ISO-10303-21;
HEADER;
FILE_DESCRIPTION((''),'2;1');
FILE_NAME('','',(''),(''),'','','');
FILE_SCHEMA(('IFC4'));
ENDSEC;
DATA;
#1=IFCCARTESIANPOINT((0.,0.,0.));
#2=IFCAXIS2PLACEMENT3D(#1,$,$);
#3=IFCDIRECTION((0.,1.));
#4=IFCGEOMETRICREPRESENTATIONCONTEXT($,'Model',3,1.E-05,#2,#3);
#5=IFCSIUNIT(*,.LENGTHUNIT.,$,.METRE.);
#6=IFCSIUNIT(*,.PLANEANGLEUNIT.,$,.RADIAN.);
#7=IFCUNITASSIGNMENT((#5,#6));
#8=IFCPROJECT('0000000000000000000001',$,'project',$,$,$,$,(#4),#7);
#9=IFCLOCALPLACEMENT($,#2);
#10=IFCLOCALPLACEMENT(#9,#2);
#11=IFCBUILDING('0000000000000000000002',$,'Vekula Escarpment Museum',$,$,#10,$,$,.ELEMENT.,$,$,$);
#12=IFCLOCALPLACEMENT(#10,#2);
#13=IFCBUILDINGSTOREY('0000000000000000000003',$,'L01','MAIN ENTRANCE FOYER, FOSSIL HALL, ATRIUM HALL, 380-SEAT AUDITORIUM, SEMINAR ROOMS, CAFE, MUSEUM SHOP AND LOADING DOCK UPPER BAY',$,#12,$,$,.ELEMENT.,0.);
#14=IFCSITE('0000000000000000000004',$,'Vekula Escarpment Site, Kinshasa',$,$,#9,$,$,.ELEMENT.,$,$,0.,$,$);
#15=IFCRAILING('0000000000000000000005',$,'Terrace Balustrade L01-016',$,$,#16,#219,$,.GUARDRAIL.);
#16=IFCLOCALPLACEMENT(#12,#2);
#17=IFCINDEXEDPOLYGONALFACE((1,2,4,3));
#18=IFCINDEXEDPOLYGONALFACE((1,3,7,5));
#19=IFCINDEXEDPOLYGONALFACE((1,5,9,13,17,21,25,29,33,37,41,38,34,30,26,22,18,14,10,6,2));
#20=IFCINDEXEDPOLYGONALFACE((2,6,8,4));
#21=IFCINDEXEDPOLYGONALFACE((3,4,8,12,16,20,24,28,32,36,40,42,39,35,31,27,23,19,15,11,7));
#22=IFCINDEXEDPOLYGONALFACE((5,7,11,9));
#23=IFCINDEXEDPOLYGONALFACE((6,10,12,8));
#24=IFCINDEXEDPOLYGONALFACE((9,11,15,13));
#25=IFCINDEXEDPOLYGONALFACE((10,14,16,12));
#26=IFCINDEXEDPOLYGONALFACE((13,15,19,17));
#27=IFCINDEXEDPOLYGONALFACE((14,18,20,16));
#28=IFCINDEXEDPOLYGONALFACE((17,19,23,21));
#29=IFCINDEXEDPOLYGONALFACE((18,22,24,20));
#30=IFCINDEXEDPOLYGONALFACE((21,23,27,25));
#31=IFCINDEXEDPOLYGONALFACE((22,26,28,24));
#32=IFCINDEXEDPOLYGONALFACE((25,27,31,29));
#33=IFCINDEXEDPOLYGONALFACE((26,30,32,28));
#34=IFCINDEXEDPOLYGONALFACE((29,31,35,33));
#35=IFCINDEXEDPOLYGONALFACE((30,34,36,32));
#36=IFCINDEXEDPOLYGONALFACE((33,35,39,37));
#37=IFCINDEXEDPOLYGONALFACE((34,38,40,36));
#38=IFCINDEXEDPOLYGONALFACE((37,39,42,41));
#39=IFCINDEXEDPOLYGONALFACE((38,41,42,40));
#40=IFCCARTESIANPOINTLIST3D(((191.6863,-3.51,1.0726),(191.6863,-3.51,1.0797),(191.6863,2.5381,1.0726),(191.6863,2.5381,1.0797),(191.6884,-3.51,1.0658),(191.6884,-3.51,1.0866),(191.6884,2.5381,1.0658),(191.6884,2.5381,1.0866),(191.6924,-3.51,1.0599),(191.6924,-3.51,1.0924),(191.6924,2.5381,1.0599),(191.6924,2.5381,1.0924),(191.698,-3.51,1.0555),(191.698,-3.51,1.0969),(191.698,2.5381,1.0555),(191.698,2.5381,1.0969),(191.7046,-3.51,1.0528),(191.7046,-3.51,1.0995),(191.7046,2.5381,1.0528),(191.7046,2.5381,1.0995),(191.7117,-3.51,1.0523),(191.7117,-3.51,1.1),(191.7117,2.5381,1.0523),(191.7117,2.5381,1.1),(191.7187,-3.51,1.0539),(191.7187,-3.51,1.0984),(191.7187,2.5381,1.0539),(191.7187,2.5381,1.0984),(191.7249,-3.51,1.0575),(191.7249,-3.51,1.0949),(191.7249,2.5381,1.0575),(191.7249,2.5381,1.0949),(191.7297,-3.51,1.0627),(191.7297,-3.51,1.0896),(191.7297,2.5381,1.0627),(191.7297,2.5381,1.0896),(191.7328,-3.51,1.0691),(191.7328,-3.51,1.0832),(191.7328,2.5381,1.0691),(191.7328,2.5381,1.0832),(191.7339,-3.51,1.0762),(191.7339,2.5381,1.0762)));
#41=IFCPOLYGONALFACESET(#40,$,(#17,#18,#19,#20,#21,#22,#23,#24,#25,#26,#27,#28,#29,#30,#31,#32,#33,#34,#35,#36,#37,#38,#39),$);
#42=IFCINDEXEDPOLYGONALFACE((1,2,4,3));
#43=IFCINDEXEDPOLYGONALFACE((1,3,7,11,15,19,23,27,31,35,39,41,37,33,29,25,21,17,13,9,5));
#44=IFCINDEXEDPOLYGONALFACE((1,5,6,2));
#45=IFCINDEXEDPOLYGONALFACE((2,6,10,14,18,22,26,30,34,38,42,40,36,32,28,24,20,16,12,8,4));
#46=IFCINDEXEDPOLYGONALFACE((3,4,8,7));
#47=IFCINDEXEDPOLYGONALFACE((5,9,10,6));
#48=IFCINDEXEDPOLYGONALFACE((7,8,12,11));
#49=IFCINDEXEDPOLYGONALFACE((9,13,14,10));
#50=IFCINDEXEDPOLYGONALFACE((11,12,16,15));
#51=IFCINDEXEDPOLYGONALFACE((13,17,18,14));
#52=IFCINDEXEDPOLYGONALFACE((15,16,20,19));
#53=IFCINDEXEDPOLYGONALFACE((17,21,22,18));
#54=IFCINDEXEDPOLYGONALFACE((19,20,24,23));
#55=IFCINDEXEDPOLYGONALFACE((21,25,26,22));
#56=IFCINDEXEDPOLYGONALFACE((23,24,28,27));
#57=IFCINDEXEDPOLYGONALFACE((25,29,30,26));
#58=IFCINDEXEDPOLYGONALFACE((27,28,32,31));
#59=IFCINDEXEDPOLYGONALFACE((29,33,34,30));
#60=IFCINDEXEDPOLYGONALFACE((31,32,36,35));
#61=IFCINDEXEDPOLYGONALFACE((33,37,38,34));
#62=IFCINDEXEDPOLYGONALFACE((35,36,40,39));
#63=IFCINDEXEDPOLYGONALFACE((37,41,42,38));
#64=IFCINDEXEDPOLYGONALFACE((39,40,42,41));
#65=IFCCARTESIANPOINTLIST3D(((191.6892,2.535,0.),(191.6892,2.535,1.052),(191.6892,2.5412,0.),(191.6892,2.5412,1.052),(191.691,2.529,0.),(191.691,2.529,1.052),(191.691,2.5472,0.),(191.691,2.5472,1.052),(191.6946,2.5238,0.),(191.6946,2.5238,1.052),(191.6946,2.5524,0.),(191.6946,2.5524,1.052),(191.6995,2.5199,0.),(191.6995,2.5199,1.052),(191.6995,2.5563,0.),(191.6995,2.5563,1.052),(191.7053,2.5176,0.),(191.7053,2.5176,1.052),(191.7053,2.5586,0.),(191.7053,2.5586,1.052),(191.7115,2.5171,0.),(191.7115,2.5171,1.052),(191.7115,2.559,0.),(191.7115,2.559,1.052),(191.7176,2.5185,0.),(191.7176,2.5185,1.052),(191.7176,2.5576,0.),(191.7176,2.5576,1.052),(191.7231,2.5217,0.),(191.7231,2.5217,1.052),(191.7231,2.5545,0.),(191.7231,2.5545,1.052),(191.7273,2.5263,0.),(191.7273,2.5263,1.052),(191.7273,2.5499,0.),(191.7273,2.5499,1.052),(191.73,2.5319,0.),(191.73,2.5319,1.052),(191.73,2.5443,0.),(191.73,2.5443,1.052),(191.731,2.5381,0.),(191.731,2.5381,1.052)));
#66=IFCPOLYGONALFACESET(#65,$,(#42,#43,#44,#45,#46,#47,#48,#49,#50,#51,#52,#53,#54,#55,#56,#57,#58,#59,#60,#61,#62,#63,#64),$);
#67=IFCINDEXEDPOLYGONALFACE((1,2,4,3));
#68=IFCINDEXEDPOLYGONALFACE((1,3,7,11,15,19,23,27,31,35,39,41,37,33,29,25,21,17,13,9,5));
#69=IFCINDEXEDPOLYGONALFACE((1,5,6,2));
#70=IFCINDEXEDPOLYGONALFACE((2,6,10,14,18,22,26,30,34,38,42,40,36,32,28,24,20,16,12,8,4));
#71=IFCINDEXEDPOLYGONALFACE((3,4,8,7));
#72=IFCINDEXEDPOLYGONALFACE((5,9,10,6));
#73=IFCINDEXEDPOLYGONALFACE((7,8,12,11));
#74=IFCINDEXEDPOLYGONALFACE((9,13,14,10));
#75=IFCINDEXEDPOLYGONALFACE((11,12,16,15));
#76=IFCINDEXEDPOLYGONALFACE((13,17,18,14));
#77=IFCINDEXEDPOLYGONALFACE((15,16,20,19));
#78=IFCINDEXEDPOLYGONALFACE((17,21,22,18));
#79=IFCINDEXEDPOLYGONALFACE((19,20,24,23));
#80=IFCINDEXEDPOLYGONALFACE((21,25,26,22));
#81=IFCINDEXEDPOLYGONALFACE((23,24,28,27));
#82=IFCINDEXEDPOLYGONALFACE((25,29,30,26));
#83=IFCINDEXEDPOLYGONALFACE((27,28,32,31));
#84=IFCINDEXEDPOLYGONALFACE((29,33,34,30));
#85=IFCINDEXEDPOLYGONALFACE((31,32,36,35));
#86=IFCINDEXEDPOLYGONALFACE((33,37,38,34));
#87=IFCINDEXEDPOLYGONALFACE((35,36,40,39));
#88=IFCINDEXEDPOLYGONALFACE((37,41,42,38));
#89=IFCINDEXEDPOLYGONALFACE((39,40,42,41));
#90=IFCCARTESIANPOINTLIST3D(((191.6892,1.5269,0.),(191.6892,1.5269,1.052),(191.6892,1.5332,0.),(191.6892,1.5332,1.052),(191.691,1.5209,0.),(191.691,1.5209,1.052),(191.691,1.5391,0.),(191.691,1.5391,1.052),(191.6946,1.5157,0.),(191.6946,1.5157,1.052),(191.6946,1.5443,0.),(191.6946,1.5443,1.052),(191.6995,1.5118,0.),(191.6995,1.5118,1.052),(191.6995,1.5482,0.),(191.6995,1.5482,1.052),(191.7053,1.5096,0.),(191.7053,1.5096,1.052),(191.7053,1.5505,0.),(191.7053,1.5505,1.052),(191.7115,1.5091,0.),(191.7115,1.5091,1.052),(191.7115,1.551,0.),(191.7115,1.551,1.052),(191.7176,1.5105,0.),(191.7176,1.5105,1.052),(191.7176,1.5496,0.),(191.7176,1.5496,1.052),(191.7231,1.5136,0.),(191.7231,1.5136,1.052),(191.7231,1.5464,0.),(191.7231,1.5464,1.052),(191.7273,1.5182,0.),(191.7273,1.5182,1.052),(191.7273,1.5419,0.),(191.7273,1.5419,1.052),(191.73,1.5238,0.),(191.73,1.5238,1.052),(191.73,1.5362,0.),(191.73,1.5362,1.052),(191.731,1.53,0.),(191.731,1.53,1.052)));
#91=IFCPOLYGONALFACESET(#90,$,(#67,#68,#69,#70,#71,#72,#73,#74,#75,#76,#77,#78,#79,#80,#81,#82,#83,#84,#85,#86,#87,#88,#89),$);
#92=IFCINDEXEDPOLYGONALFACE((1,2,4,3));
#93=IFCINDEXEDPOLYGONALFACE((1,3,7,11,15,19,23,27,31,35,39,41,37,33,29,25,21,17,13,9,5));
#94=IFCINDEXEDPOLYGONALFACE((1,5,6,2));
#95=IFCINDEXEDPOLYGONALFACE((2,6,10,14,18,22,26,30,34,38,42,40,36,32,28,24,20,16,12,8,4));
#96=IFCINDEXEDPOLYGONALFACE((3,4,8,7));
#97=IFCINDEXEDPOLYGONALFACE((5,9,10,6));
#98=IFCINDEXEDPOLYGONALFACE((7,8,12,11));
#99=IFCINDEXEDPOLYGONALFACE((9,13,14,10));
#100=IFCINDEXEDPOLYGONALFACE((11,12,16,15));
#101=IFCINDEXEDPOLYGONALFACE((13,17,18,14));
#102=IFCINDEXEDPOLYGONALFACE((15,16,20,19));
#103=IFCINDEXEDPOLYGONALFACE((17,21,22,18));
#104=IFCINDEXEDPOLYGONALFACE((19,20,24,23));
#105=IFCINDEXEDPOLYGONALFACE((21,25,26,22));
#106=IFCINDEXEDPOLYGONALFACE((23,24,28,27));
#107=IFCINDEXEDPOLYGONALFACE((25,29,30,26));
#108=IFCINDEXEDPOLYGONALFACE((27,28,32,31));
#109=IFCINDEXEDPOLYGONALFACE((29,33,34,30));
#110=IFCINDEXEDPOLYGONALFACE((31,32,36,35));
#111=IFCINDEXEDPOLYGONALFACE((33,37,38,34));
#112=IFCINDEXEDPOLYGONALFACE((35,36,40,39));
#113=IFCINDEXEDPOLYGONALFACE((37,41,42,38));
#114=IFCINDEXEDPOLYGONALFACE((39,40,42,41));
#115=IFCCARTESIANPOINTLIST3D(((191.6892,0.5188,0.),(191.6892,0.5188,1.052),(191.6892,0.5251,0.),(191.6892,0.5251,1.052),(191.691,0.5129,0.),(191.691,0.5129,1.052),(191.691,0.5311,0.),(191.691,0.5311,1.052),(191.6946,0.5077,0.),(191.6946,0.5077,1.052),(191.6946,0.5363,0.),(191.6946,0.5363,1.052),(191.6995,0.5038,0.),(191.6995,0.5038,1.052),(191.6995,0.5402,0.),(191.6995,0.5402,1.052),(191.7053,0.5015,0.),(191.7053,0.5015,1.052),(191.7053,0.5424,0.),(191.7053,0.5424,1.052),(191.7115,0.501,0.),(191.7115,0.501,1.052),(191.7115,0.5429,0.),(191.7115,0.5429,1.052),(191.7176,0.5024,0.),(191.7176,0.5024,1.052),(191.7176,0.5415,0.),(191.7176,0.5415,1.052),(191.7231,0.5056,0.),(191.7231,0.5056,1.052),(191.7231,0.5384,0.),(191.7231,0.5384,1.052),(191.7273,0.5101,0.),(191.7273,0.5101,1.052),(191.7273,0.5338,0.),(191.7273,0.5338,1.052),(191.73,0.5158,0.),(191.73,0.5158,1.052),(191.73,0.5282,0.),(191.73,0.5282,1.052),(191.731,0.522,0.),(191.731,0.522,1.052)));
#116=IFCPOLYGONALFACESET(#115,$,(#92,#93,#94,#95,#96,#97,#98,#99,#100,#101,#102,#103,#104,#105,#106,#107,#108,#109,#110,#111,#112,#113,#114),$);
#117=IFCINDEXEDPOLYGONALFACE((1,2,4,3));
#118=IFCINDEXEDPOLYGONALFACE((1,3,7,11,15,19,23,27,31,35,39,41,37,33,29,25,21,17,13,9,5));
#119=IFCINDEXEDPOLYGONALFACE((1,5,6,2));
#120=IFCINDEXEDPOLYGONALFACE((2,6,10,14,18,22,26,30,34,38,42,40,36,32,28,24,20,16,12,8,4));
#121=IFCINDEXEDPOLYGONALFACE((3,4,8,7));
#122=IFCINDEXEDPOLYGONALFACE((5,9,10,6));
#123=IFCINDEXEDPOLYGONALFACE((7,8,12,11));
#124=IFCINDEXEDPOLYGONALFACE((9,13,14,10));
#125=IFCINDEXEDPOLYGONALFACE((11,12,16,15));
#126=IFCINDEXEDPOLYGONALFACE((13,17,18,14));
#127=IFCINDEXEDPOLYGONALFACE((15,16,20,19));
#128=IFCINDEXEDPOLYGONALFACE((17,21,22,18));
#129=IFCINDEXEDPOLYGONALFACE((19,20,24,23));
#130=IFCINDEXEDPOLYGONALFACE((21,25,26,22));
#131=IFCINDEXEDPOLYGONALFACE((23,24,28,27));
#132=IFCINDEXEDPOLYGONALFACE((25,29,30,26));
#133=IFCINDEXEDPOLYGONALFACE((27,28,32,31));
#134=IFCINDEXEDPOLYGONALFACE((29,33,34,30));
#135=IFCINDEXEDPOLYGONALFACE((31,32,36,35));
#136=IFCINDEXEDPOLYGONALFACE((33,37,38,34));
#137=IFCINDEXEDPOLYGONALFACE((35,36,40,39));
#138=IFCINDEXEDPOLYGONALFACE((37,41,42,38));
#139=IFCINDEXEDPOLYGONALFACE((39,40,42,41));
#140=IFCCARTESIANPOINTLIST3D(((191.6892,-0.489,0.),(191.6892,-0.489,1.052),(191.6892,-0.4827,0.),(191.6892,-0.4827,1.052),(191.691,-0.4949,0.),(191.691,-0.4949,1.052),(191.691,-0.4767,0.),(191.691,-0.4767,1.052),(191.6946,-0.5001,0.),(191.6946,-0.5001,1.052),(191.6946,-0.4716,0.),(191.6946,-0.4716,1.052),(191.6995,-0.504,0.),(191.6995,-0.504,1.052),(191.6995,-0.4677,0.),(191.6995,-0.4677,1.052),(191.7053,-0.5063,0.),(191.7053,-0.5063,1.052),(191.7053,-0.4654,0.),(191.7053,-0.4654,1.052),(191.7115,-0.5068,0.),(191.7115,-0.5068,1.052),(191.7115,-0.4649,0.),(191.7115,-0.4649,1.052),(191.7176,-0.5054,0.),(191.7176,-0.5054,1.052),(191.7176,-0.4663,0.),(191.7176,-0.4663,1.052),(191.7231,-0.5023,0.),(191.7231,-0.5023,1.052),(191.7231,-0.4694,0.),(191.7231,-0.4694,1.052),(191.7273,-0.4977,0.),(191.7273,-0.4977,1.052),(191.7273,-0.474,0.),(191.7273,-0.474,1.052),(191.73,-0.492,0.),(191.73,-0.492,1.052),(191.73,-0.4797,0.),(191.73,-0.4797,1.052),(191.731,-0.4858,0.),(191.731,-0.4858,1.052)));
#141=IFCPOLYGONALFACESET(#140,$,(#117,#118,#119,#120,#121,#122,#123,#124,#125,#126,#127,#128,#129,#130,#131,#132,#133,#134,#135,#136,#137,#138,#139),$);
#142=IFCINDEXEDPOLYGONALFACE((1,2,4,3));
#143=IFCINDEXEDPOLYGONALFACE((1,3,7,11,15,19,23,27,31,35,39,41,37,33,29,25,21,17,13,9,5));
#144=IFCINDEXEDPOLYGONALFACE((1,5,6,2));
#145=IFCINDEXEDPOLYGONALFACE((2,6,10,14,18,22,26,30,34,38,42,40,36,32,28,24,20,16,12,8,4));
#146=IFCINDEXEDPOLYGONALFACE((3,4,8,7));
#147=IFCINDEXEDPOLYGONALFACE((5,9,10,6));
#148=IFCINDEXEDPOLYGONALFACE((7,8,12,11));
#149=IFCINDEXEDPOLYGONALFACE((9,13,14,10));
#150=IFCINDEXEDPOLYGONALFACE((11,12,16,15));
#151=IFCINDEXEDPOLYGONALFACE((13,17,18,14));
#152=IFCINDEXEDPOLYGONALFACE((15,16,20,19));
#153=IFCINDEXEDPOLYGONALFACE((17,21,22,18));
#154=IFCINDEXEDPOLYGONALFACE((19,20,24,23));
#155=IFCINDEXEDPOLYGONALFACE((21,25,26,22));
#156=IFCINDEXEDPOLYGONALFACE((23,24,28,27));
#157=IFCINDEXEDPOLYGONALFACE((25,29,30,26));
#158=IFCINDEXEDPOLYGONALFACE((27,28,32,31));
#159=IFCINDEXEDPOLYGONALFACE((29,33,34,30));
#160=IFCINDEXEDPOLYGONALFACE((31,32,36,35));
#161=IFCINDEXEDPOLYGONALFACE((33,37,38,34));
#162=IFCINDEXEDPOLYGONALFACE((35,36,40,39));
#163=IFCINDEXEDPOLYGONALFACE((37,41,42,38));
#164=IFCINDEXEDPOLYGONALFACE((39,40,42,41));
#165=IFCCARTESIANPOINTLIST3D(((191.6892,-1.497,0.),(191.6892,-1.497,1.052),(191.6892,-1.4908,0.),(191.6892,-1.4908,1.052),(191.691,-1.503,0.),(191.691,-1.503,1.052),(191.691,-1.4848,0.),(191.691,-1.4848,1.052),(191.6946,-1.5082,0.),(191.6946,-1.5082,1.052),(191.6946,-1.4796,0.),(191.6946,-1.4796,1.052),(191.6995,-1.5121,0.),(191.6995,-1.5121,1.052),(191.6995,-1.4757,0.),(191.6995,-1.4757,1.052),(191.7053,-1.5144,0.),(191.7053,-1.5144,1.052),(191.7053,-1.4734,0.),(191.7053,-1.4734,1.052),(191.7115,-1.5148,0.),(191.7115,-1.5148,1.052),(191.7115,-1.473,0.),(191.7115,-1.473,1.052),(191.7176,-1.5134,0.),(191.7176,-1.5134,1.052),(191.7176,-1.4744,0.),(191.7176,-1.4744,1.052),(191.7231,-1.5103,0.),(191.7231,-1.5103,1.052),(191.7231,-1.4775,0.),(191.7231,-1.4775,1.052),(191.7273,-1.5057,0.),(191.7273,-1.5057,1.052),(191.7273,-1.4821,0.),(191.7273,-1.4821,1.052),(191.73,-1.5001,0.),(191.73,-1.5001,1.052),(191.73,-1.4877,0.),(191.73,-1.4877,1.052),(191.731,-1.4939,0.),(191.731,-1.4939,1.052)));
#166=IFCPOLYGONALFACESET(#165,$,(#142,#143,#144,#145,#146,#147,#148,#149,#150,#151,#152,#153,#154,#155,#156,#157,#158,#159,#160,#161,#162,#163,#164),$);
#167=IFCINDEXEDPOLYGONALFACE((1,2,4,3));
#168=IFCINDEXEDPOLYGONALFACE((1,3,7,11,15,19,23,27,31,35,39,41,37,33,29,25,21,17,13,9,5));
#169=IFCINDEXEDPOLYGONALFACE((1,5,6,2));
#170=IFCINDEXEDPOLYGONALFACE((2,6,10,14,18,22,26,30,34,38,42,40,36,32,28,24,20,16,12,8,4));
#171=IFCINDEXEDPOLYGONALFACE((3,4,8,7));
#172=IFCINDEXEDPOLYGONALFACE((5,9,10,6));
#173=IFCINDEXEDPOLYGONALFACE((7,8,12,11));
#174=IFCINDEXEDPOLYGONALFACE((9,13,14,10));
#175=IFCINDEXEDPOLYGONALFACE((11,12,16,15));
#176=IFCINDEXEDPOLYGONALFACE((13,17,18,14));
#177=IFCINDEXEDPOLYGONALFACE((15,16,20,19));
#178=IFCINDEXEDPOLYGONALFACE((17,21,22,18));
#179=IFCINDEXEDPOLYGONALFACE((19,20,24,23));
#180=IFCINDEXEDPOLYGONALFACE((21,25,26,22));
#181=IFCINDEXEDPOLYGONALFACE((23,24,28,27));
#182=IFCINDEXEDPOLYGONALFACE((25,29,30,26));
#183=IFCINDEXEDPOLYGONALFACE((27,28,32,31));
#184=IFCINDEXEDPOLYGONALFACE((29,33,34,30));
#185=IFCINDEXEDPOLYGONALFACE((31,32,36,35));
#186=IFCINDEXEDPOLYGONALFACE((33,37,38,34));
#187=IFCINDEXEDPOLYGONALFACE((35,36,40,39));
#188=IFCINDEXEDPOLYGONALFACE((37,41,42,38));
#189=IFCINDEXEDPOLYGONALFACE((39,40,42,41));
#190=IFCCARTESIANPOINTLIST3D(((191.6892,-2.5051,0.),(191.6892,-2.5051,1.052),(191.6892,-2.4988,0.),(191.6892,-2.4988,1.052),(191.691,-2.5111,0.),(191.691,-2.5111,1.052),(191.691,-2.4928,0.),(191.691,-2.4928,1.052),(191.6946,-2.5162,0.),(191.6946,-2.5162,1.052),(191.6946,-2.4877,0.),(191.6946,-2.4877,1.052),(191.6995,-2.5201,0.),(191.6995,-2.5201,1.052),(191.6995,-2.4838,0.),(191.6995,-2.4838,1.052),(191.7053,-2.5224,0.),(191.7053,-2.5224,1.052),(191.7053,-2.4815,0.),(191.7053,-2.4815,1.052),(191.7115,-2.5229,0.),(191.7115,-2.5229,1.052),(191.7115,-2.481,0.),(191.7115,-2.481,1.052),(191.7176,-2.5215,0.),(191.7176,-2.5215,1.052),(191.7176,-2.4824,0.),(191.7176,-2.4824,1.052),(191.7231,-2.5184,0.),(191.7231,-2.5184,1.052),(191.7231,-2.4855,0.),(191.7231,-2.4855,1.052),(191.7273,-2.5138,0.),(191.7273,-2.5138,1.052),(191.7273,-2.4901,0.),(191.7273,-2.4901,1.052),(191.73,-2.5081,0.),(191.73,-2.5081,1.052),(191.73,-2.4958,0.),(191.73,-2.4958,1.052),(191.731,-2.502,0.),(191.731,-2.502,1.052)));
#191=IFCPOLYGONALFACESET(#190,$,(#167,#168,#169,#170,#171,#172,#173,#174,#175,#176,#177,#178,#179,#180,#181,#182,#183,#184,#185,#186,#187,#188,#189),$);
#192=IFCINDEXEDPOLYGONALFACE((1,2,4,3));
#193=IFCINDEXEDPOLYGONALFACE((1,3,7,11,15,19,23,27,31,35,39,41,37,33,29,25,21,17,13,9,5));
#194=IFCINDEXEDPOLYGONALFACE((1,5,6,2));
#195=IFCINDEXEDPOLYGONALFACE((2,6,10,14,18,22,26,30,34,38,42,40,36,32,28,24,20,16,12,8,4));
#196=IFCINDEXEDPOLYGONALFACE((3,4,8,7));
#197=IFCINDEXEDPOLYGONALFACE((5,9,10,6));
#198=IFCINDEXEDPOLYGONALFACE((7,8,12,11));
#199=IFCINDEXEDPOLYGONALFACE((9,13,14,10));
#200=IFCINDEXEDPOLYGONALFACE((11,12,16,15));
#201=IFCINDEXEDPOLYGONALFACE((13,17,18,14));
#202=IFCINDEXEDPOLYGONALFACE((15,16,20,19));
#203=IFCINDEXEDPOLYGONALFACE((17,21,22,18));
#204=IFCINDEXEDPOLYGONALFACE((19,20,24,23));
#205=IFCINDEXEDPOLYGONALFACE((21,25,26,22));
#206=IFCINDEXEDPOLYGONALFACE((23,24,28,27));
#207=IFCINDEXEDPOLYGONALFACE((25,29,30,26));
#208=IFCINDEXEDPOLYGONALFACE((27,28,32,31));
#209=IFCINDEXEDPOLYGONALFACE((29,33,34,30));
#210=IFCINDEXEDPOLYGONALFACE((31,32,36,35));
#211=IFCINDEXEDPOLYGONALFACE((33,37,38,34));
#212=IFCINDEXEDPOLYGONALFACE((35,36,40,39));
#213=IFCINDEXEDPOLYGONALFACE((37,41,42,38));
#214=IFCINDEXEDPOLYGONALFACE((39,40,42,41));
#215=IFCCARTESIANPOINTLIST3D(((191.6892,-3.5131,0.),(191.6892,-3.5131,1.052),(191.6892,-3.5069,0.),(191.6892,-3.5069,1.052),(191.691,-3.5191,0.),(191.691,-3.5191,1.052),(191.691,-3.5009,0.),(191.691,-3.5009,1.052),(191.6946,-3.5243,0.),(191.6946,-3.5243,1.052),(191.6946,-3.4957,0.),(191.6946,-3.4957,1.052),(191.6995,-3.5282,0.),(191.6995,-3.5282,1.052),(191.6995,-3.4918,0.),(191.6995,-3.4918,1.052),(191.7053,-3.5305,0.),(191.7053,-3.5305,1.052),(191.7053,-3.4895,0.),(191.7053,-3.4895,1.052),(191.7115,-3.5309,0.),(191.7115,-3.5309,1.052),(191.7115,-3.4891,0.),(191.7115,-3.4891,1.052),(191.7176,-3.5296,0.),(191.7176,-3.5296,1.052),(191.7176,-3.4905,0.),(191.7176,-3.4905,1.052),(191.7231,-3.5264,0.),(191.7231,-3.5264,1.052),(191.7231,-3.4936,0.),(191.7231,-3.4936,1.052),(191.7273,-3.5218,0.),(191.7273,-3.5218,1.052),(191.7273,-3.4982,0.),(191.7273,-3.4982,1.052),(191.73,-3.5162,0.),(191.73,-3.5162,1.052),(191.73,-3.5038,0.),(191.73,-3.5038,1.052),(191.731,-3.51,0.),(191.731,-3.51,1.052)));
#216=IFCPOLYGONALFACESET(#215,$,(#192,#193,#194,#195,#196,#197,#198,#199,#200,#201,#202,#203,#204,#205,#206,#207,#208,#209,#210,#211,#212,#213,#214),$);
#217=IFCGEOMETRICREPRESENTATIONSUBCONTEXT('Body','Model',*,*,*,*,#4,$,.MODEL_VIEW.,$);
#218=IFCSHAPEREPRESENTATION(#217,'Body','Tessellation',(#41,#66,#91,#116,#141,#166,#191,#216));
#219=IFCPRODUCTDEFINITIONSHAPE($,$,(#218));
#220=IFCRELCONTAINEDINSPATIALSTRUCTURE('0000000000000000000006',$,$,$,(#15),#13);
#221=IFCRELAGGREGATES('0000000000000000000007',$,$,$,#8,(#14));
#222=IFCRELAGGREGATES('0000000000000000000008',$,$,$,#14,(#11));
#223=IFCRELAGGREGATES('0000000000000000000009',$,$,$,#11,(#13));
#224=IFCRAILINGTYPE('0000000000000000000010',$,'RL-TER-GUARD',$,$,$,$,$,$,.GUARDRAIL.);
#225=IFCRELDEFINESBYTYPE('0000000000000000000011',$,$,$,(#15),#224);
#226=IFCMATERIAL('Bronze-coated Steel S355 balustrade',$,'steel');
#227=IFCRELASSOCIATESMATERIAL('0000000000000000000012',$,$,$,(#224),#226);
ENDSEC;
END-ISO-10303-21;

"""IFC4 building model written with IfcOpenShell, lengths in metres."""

from ifc_helpers import new_model, si_unit, direction, frame, origin, origin_2d, place, context, subcontext, project, spatial, circle, extrude, material, type_object, element, save


model = new_model("IFC4")

# Units and contexts
model_context = context("Model", 3, precision=1e-05, world=origin(), true_north=direction((0.0, 1.0)))
body_context = subcontext(model_context, "Body", "Model", "MODEL_VIEW")
ifc_project = project(units=[si_unit("LENGTHUNIT", "METRE"), si_unit("PLANEANGLEUNIT", "RADIAN")], contexts=[model_context])

# Site, building, storey
site_placement = place(None, origin())
site = spatial("IfcSite", under=ifc_project, at=site_placement, Name="Vekula Escarpment Site, Kinshasa", CompositionType="ELEMENT", RefElevation=0.0)
building_placement = place(site_placement, origin())
building = spatial("IfcBuilding", under=site, at=building_placement, Name="Vekula Escarpment Museum", CompositionType="ELEMENT")
storey_placement = place(building_placement, origin())
storey = spatial("IfcBuildingStorey", under=building, at=storey_placement, Name="L01", Description="MAIN ENTRANCE FOYER, FOSSIL HALL, ATRIUM HALL, 380-SEAT AUDITORIUM, SEMINAR ROOMS, CAFE, MUSEUM SHOP AND LOADING DOCK UPPER BAY", CompositionType="ELEMENT", Elevation=0.0)

# Railing
ifc_material_1 = material(Name="Bronze-coated Steel S355 balustrade", Category="steel")
railing_type = type_object("IfcRailingType", Name="RL-TER-GUARD", PredefinedType="GUARDRAIL", material=ifc_material_1)
railing_1_placement = place(storey_placement, frame((191.71, 2.5381, 0.0)))
element("IfcRailing", 1, at=railing_1_placement, inside=storey, type_object=railing_type, Name="Terrace Balustrade L01-016", PredefinedType="GUARDRAIL", context=body_context, shape_type="SweptSolid", body=[
    extrude(circle(Radius=0.0239, at=origin_2d()), frame((0.0, 0.0, 1.0762), z_axis=(0.0, -1.0, 0.0), x_axis=(1.0, 0.0, 0.0)), (0.0, 0.0, 1.0), 6.0481),
    extrude(circle(Radius=0.021, at=origin_2d()), origin(), (0.0, 0.0, 1.0), 1.052),
    extrude(circle(Radius=0.021, at=origin_2d()), frame((0.0, -1.0081, 0.0)), (0.0, 0.0, 1.0), 1.052),
    extrude(circle(Radius=0.021, at=origin_2d()), frame((0.0, -2.0161, 0.0)), (0.0, 0.0, 1.0), 1.052),
    extrude(circle(Radius=0.021, at=origin_2d()), frame((0.0, -3.0239, 0.0)), (0.0, 0.0, 1.0), 1.052),
    extrude(circle(Radius=0.021, at=origin_2d()), frame((0.0, -4.032, 0.0)), (0.0, 0.0, 1.0), 1.052),
    extrude(circle(Radius=0.021, at=origin_2d()), frame((0.0, -5.04, 0.0)), (0.0, 0.0, 1.0), 1.052),
    extrude(circle(Radius=0.021, at=origin_2d()), frame((0.0, -6.0481, 0.0)), (0.0, 0.0, 1.0), 1.052),
])

save(model, "model.ifc")
